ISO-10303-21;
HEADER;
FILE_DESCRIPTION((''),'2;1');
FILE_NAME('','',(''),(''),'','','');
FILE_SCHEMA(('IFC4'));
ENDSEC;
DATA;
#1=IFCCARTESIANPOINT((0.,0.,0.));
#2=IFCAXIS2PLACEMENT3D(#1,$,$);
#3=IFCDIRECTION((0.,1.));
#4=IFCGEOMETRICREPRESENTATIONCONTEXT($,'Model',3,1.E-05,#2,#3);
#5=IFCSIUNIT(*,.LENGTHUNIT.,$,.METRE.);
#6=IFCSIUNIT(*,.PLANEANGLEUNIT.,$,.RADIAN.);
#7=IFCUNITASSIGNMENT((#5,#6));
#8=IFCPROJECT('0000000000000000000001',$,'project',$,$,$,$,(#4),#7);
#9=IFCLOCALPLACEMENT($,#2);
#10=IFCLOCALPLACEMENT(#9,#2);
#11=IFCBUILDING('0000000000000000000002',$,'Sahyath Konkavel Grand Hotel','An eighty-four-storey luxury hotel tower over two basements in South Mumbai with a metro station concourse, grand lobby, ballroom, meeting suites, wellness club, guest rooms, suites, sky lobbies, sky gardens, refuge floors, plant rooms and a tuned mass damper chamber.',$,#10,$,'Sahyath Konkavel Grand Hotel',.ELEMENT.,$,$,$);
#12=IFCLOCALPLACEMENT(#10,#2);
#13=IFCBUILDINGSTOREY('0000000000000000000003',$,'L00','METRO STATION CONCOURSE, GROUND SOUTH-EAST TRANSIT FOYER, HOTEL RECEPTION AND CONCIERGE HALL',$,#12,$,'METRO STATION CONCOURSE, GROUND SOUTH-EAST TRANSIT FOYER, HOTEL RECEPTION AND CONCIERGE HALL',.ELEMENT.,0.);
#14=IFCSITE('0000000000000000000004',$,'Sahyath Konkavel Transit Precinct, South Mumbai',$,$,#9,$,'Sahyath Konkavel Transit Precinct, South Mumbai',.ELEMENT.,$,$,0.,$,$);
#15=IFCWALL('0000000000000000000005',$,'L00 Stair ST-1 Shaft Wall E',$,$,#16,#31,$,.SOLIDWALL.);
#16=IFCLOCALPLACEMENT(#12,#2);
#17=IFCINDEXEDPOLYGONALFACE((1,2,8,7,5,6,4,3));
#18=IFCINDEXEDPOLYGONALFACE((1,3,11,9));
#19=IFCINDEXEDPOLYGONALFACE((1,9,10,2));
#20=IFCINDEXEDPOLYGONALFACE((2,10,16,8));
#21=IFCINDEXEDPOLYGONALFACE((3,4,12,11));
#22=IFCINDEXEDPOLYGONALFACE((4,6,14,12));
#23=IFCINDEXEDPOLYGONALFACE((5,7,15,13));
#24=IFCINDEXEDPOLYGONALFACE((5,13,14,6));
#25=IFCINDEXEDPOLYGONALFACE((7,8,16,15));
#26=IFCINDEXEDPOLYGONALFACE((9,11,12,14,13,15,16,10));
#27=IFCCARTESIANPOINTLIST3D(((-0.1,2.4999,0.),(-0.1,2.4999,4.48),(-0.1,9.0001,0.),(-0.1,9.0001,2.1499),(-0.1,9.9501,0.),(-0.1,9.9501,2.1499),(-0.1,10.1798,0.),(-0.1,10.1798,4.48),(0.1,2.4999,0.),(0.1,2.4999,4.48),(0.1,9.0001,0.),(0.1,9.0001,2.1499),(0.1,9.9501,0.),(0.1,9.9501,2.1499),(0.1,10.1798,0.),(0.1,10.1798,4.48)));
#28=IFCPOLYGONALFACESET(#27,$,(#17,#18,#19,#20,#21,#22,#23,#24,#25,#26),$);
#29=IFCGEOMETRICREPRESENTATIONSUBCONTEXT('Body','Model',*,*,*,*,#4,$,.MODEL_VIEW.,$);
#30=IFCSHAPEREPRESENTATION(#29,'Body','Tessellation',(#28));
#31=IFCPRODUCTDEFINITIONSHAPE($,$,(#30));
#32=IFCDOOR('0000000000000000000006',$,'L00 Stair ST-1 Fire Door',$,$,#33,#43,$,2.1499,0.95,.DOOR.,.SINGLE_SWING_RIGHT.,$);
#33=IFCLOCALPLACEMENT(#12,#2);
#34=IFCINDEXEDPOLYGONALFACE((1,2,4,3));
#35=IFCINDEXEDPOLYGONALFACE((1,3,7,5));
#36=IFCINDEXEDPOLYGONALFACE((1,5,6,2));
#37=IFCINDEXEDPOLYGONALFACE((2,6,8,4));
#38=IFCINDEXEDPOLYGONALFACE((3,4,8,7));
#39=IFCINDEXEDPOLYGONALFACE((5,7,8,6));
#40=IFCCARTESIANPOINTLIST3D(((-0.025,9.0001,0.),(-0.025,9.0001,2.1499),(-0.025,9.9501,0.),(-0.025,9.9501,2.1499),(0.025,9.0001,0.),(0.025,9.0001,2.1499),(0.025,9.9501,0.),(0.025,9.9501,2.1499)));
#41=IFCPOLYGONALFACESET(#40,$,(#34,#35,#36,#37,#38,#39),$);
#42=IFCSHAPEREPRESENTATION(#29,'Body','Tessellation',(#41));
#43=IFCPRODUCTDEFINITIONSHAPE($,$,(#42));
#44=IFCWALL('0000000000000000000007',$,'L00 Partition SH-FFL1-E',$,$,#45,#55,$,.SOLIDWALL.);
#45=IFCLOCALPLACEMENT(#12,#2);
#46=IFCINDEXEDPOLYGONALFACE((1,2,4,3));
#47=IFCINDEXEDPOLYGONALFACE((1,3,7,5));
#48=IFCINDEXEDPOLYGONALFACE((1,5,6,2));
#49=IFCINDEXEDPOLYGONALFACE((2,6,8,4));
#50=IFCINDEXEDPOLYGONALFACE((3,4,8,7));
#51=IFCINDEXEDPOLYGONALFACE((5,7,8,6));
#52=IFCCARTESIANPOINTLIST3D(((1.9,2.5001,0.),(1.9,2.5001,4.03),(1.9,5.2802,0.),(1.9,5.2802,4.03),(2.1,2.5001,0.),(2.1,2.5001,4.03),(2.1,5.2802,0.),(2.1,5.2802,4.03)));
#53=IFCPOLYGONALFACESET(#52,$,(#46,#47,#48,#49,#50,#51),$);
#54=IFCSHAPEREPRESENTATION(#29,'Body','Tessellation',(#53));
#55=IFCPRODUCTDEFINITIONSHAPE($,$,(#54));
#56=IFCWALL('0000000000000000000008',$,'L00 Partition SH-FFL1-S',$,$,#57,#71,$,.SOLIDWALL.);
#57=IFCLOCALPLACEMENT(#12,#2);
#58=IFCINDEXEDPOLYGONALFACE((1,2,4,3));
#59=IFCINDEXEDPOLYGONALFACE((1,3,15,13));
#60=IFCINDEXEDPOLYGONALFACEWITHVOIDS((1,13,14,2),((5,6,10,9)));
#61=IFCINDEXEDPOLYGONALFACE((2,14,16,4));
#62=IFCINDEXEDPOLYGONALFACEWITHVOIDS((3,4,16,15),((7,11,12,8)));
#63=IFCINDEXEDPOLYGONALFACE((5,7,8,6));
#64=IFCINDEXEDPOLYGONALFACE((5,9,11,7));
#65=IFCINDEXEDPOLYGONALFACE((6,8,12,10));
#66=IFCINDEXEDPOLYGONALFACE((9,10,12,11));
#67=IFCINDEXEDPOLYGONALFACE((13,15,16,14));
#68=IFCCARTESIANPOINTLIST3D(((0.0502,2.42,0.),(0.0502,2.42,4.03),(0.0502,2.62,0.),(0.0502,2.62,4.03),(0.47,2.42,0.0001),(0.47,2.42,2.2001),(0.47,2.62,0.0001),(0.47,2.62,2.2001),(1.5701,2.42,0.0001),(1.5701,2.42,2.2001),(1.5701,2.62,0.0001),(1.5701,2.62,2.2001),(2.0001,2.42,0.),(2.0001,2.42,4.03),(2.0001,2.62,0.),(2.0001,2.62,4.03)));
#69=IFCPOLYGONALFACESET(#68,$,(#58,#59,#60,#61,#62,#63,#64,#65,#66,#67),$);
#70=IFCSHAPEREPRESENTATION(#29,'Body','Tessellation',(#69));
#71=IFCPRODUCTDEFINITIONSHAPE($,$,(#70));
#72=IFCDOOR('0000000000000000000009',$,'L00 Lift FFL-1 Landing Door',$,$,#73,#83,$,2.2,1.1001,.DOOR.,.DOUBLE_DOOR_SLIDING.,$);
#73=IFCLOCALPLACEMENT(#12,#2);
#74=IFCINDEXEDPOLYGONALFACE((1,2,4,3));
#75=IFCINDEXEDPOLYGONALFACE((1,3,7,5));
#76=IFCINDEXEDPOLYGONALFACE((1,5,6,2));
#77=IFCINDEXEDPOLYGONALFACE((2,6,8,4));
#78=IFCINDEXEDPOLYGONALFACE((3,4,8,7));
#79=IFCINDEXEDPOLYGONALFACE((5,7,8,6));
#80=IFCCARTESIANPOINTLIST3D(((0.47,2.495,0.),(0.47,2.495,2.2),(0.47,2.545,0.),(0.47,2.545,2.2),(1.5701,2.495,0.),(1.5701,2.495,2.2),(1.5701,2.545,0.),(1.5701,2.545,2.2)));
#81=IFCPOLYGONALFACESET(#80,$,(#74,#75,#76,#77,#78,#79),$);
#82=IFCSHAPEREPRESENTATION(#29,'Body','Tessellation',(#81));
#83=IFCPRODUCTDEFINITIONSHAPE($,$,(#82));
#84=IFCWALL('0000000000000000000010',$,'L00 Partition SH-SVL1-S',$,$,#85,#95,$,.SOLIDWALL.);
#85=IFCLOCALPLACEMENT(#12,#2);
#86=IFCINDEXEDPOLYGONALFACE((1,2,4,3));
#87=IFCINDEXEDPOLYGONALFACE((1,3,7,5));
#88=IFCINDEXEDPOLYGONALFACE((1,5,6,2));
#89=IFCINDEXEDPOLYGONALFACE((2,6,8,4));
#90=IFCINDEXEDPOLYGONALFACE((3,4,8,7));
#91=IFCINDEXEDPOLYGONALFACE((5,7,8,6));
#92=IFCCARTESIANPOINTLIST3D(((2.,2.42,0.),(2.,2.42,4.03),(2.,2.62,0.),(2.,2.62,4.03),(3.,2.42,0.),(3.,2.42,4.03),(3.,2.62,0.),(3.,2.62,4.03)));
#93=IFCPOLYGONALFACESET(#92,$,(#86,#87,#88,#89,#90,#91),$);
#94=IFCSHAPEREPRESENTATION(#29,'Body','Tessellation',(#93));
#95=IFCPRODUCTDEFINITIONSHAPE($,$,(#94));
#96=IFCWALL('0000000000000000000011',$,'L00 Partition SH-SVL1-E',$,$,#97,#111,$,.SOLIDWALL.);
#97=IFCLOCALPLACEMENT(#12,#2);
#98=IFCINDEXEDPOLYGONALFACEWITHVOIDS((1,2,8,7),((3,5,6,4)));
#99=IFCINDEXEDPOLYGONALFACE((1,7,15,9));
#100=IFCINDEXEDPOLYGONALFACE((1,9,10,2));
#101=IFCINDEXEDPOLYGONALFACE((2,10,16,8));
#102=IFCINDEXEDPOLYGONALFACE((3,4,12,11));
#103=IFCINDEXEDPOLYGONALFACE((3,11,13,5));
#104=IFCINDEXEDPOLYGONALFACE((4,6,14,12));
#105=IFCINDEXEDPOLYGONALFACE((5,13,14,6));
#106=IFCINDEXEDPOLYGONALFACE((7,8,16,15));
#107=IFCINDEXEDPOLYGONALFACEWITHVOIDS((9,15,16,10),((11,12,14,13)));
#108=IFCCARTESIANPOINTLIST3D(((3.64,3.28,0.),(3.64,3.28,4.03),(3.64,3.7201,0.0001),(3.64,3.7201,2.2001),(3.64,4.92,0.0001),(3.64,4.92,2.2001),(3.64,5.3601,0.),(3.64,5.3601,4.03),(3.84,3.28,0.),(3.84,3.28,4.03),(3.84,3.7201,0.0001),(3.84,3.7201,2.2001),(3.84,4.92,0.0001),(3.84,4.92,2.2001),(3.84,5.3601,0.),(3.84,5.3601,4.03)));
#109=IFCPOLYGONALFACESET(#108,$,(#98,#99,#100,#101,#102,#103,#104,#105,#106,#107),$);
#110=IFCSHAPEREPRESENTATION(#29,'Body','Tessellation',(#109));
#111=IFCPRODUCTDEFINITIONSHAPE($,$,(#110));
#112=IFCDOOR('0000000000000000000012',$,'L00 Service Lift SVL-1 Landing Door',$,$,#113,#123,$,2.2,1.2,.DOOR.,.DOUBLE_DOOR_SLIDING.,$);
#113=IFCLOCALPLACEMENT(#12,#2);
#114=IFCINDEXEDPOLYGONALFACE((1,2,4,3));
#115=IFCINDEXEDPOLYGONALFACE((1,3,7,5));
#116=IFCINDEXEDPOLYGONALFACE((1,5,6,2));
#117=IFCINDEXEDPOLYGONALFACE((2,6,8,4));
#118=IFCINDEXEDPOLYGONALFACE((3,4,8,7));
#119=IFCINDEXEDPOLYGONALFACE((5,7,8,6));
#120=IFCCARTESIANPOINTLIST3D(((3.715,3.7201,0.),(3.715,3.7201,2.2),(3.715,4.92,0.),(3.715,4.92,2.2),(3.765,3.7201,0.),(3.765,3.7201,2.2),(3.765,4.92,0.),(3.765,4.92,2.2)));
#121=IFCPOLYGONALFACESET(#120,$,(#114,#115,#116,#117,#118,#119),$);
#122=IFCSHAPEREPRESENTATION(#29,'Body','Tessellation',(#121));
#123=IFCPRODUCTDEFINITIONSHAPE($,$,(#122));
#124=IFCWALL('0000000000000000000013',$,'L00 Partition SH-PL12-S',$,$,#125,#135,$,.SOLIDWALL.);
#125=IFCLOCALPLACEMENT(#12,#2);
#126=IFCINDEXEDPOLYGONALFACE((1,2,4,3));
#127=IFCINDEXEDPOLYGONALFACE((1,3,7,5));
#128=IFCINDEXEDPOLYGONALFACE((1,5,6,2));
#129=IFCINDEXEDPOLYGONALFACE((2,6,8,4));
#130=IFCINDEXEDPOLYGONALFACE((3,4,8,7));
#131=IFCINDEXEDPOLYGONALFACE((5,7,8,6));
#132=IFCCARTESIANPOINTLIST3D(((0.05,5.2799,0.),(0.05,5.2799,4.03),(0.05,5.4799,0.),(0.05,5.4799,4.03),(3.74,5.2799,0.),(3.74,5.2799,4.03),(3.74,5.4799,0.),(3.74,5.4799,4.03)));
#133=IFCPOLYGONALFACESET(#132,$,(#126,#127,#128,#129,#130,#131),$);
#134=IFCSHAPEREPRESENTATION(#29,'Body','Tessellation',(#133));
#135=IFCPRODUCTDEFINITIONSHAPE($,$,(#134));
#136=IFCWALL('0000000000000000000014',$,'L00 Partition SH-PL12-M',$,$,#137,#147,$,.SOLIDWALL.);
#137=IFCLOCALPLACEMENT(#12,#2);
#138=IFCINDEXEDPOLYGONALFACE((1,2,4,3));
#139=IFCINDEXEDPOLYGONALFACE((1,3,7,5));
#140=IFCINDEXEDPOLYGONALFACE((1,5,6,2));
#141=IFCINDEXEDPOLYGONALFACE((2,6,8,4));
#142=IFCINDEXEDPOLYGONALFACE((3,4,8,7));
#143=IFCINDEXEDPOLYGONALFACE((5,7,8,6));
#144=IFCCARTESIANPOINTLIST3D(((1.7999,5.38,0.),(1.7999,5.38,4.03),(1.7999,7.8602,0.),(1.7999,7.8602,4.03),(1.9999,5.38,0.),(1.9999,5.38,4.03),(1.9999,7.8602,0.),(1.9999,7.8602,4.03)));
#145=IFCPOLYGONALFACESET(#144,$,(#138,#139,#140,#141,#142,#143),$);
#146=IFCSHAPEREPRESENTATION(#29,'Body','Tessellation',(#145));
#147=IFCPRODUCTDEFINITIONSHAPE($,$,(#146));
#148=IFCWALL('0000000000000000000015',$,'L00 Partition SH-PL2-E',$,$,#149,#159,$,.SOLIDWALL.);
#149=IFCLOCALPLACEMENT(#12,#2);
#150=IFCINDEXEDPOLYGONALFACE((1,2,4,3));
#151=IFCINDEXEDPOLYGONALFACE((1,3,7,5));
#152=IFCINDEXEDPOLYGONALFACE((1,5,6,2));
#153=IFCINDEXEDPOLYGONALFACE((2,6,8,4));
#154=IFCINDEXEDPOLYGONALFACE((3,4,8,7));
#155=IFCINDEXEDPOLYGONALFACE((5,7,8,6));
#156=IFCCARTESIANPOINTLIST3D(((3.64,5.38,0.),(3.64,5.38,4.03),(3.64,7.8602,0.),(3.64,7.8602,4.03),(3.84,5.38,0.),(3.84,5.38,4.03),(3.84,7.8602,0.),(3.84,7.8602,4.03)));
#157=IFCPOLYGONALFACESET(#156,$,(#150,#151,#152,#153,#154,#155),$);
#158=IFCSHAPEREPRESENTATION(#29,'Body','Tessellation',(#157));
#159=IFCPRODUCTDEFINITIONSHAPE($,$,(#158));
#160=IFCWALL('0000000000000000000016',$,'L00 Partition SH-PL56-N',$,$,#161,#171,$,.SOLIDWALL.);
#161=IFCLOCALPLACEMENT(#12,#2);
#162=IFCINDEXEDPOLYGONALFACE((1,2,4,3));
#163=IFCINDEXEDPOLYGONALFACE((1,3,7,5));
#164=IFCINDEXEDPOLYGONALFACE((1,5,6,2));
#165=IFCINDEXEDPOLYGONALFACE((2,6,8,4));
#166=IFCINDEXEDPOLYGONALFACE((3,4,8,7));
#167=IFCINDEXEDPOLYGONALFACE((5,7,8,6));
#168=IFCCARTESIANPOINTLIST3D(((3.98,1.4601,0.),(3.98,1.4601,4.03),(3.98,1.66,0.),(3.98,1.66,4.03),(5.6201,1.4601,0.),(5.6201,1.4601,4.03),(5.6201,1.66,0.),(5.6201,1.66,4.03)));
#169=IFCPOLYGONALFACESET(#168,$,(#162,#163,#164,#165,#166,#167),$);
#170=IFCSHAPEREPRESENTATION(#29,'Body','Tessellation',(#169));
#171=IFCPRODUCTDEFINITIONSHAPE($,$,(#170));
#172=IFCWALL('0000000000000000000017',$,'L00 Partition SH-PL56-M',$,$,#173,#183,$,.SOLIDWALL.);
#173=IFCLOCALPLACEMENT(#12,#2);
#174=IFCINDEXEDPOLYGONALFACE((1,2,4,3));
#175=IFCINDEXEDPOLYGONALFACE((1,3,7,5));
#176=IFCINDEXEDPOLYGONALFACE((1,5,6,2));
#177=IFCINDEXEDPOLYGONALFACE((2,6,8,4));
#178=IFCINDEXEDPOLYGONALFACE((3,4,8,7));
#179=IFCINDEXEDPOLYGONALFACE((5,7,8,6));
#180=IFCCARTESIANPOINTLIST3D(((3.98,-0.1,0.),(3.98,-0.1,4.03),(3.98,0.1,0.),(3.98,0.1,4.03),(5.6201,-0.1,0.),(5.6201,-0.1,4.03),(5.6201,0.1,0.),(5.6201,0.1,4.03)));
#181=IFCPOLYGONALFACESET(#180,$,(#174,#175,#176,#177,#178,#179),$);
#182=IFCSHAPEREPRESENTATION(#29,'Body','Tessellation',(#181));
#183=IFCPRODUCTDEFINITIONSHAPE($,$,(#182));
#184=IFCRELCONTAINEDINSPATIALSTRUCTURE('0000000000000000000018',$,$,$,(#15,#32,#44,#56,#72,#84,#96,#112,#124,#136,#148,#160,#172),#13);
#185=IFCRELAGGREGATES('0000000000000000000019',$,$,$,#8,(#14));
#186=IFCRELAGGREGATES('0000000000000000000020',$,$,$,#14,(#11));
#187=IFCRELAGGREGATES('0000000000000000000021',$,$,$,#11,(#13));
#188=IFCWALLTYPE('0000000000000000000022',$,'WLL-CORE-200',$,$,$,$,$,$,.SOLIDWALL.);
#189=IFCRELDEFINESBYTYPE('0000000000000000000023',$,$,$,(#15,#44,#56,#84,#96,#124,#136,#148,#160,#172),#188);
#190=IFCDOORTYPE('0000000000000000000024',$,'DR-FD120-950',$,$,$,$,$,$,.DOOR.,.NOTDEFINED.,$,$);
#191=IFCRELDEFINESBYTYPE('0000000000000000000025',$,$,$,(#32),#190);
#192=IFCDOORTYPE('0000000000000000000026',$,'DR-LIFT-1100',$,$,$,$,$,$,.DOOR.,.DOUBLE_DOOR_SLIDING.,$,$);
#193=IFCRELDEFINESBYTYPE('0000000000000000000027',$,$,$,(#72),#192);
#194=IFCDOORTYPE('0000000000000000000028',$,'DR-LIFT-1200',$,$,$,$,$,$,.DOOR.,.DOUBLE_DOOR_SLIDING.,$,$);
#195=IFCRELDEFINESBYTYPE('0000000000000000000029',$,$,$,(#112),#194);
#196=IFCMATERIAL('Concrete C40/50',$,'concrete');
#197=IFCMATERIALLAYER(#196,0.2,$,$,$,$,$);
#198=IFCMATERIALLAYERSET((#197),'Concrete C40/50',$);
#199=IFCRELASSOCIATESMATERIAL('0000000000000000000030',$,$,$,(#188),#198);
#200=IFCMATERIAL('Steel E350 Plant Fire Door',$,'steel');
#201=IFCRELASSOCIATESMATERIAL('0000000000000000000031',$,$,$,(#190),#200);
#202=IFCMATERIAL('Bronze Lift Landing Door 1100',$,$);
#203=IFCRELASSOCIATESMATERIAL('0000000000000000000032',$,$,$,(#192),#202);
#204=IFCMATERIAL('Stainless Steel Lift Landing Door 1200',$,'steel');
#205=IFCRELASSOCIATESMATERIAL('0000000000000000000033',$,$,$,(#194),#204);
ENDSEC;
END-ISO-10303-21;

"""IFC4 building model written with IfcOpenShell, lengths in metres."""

from ifc_helpers import new_model, si_unit, direction, frame, frame_2d, origin, origin_2d, place, context, subcontext, project, spatial, rectangle, extrude, source, transform, mapped, material, layer, layer_set, type_object, element, fill, save


model = new_model("IFC4")

# Units and contexts
model_context = context("Model", 3, precision=1e-05, world=origin(), true_north=direction((0.0, 1.0)))
body_context = subcontext(model_context, "Body", "Model", "MODEL_VIEW")
ifc_project = project(units=[si_unit("LENGTHUNIT", "METRE"), si_unit("PLANEANGLEUNIT", "RADIAN")], contexts=[model_context])

# Site, building, storey
site_placement = place(None, origin())
site = spatial("IfcSite", under=ifc_project, at=site_placement, Name="Sahyath Konkavel Transit Precinct, South Mumbai", LongName="Sahyath Konkavel Transit Precinct, South Mumbai", CompositionType="ELEMENT", RefElevation=0.0)
building_placement = place(site_placement, origin())
building = spatial("IfcBuilding", under=site, at=building_placement, Name="Sahyath Konkavel Grand Hotel", Description="An eighty-four-storey luxury hotel tower over two basements in South Mumbai with a metro station concourse, grand lobby, ballroom, meeting suites, wellness club, guest rooms, suites, sky lobbies, sky gardens, refuge floors, plant rooms and a tuned mass damper chamber.", LongName="Sahyath Konkavel Grand Hotel", CompositionType="ELEMENT")
storey_placement = place(building_placement, origin())
storey = spatial("IfcBuildingStorey", under=building, at=storey_placement, Name="L00", Description="METRO STATION CONCOURSE, GROUND SOUTH-EAST TRANSIT FOYER, HOTEL RECEPTION AND CONCIERGE HALL", LongName="METRO STATION CONCOURSE, GROUND SOUTH-EAST TRANSIT FOYER, HOTEL RECEPTION AND CONCIERGE HALL", CompositionType="ELEMENT", Elevation=0.0)

# Wall, opening, door
ifc_material_1 = material(Name="Concrete C40/50", Category="concrete")
ifc_layer_1 = layer(ifc_material_1, 0.2)
ifc_layer_set_1 = layer_set([ifc_layer_1], Name="Concrete C40/50")
wall_type = type_object("IfcWallType", Name="WLL-CORE-200", PredefinedType="SOLIDWALL", material=ifc_layer_set_1)
wall_1_placement = place(storey_placement, frame((0.0, 2.5, 0.0), z_axis=(0.0, 0.0, 1.0), x_axis=(0.0, 1.0, 0.0)))
wall_1 = element("IfcWall", 1, at=wall_1_placement, inside=storey, type_object=wall_type, Name="L00 Stair ST-1 Shaft Wall E", PredefinedType="SOLIDWALL", context=body_context, shape_type="SweptSolid", body=[
    extrude(rectangle(XDim=7.6799, YDim=0.2, at=frame_2d((3.8398, 0.0))), origin(), (0.0, 0.0, 1.0), 4.48),
])
opening_1_placement = place(wall_1_placement, frame((6.5, 0.0, 0.0)))
opening_1 = element("IfcOpeningElement", 2, at=opening_1_placement, cuts=wall_1, PredefinedType="OPENING", context=body_context, shape_type="SweptSolid", body=[
    extrude(rectangle(XDim=0.95, YDim=2.1499, at=frame_2d((0.4751, 1.075))), frame((0.0, 0.1099, 0.0), z_axis=(0.0, -1.0, 0.0), x_axis=(1.0, 0.0, 0.0)), (0.0, 0.0, 1.0), 0.22),
])
ifc_material_2 = material(Name="Steel E350 Plant Fire Door", Category="steel")
door_type_1 = type_object("IfcDoorType", Name="DR-FD120-950", OperationType="NOTDEFINED", PredefinedType="DOOR", material=ifc_material_2)
shared_shape_1 = source(origin(), body_context, "Body", "SweptSolid", [
    extrude(rectangle(XDim=0.95, YDim=0.05, at=origin_2d()), origin(), (0.0, 0.0, 1.0), 2.1499),
])
door_1_placement = place(opening_1_placement, frame((0.4751, 0.0, 0.0)))
door_1 = element("IfcDoor", 3, at=door_1_placement, inside=storey, type_object=door_type_1, Name="L00 Stair ST-1 Fire Door", OperationType="SINGLE_SWING_RIGHT", OverallHeight=2.1499, OverallWidth=0.95, PredefinedType="DOOR", context=body_context, shape_type="MappedRepresentation", body=[
    mapped(shared_shape_1, transform((0.0, 0.0, 0.0), scale=1.0)),
])
fill(opening_1, door_1)

# Wall
wall_2_placement = place(storey_placement, frame((2.0, 2.5, 0.0), z_axis=(0.0, 0.0, 1.0), x_axis=(0.0, 1.0, 0.0)))
element("IfcWall", 4, at=wall_2_placement, inside=storey, type_object=wall_type, Name="L00 Partition SH-FFL1-E", PredefinedType="SOLIDWALL", context=body_context, shape_type="SweptSolid", body=[
    extrude(rectangle(XDim=2.78, YDim=0.2, at=frame_2d((1.3901, 0.0))), origin(), (0.0, 0.0, 1.0), 4.03),
])

# Wall, opening, door
wall_3_placement = place(storey_placement, frame((0.05, 2.52, 0.0), z_axis=(0.0, 0.0, 1.0), x_axis=(1.0, 0.0, 0.0)))
wall_3 = element("IfcWall", 5, at=wall_3_placement, inside=storey, type_object=wall_type, Name="L00 Partition SH-FFL1-S", PredefinedType="SOLIDWALL", context=body_context, shape_type="SweptSolid", body=[
    extrude(rectangle(XDim=1.95, YDim=0.2, at=frame_2d((0.9751, 0.0))), origin(), (0.0, 0.0, 1.0), 4.03),
])
opening_2_placement = place(wall_3_placement, frame((0.4199, 0.0, 0.0)))
opening_2 = element("IfcOpeningElement", 6, at=opening_2_placement, cuts=wall_3, PredefinedType="OPENING", context=body_context, shape_type="SweptSolid", body=[
    extrude(rectangle(XDim=1.1001, YDim=2.2, at=frame_2d((0.55, 1.1001))), frame((0.0, 0.1099, 0.0), z_axis=(0.0, -1.0, 0.0), x_axis=(1.0, 0.0, 0.0)), (0.0, 0.0, 1.0), 0.22),
])
ifc_material_3 = material(Name="Bronze Lift Landing Door 1100")
door_type_2 = type_object("IfcDoorType", Name="DR-LIFT-1100", OperationType="DOUBLE_DOOR_SLIDING", PredefinedType="DOOR", material=ifc_material_3)
shared_shape_2 = source(origin(), body_context, "Body", "SweptSolid", [
    extrude(rectangle(XDim=1.1001, YDim=0.05, at=origin_2d()), origin(), (0.0, 0.0, 1.0), 2.2),
])
door_2_placement = place(opening_2_placement, frame((0.55, 0.0, 0.0)))
door_2 = element("IfcDoor", 7, at=door_2_placement, inside=storey, type_object=door_type_2, Name="L00 Lift FFL-1 Landing Door", OperationType="DOUBLE_DOOR_SLIDING", OverallHeight=2.2, OverallWidth=1.1001, PredefinedType="DOOR", context=body_context, shape_type="MappedRepresentation", body=[
    mapped(shared_shape_2, transform((0.0, 0.0, 0.0), scale=1.0)),
])
fill(opening_2, door_2)

# Wall
wall_4_placement = place(storey_placement, frame((2.0, 2.52, 0.0), z_axis=(0.0, 0.0, 1.0), x_axis=(1.0, 0.0, 0.0)))
element("IfcWall", 8, at=wall_4_placement, inside=storey, type_object=wall_type, Name="L00 Partition SH-SVL1-S", PredefinedType="SOLIDWALL", context=body_context, shape_type="SweptSolid", body=[
    extrude(rectangle(XDim=1.0, YDim=0.2, at=frame_2d((0.5, 0.0))), origin(), (0.0, 0.0, 1.0), 4.03),
])

# Wall, opening, door
wall_5_placement = place(storey_placement, frame((3.74, 3.28, 0.0), z_axis=(0.0, 0.0, 1.0), x_axis=(0.0, 1.0, 0.0)))
wall_5 = element("IfcWall", 9, at=wall_5_placement, inside=storey, type_object=wall_type, Name="L00 Partition SH-SVL1-E", PredefinedType="SOLIDWALL", context=body_context, shape_type="SweptSolid", body=[
    extrude(rectangle(XDim=2.0801, YDim=0.2, at=frame_2d((1.04, 0.0))), origin(), (0.0, 0.0, 1.0), 4.03),
])
opening_3_placement = place(wall_5_placement, frame((0.4399, 0.0, 0.0)))
opening_3 = element("IfcOpeningElement", 10, at=opening_3_placement, cuts=wall_5, PredefinedType="OPENING", context=body_context, shape_type="SweptSolid", body=[
    extrude(rectangle(XDim=1.2, YDim=2.2, at=frame_2d((0.6001, 1.1001))), frame((0.0, 0.1099, 0.0), z_axis=(0.0, -1.0, 0.0), x_axis=(1.0, 0.0, 0.0)), (0.0, 0.0, 1.0), 0.22),
])
ifc_material_4 = material(Name="Stainless Steel Lift Landing Door 1200", Category="steel")
door_type_3 = type_object("IfcDoorType", Name="DR-LIFT-1200", OperationType="DOUBLE_DOOR_SLIDING", PredefinedType="DOOR", material=ifc_material_4)
shared_shape_3 = source(origin(), body_context, "Body", "SweptSolid", [
    extrude(rectangle(XDim=1.2, YDim=0.05, at=origin_2d()), origin(), (0.0, 0.0, 1.0), 2.2),
])
door_3_placement = place(opening_3_placement, frame((0.6001, 0.0, 0.0)))
door_3 = element("IfcDoor", 11, at=door_3_placement, inside=storey, type_object=door_type_3, Name="L00 Service Lift SVL-1 Landing Door", OperationType="DOUBLE_DOOR_SLIDING", OverallHeight=2.2, OverallWidth=1.2, PredefinedType="DOOR", context=body_context, shape_type="MappedRepresentation", body=[
    mapped(shared_shape_3, transform((0.0, 0.0, 0.0), scale=1.0)),
])
fill(opening_3, door_3)

# Walls
wall_6_placement = place(storey_placement, frame((0.05, 5.3799, 0.0), z_axis=(0.0, 0.0, 1.0), x_axis=(1.0, 0.0, 0.0)))
element("IfcWall", 12, at=wall_6_placement, inside=storey, type_object=wall_type, Name="L00 Partition SH-PL12-S", PredefinedType="SOLIDWALL", context=body_context, shape_type="SweptSolid", body=[
    extrude(rectangle(XDim=3.6899, YDim=0.2, at=frame_2d((1.845, 0.0))), origin(), (0.0, 0.0, 1.0), 4.03),
])
for number, where, z_axis, x_axis, name in (
    (13, (1.8999, 5.3799, 0.0), (0.0, 0.0, 1.0), (0.0, 1.0, 0.0), "L00 Partition SH-PL12-M"),
    (14, (3.74, 5.3799, 0.0), (0.0, 0.0, 1.0), (0.0, 1.0, 0.0), "L00 Partition SH-PL2-E"),
):
    element("IfcWall", number, at=place(storey_placement, frame(where, z_axis=z_axis, x_axis=x_axis)), inside=storey, type_object=wall_type, Name=name, PredefinedType="SOLIDWALL", context=body_context, shape_type="SweptSolid", body=[
        extrude(rectangle(XDim=2.4802, YDim=0.2, at=frame_2d((1.2402, 0.0))), origin(), (0.0, 0.0, 1.0), 4.03),
    ])
for number, where, z_axis, x_axis, name in (
    (15, (3.98, 1.5601, 0.0), (0.0, 0.0, 1.0), (1.0, 0.0, 0.0), "L00 Partition SH-PL56-N"),
    (16, (3.98, 0.0, 0.0), (0.0, 0.0, 1.0), (1.0, 0.0, 0.0), "L00 Partition SH-PL56-M"),
):
    element("IfcWall", number, at=place(storey_placement, frame(where, z_axis=z_axis, x_axis=x_axis)), inside=storey, type_object=wall_type, Name=name, PredefinedType="SOLIDWALL", context=body_context, shape_type="SweptSolid", body=[
        extrude(rectangle(XDim=1.6401, YDim=0.2, at=frame_2d((0.8201, 0.0))), origin(), (0.0, 0.0, 1.0), 4.03),
    ])

save(model, "model.ifc")
